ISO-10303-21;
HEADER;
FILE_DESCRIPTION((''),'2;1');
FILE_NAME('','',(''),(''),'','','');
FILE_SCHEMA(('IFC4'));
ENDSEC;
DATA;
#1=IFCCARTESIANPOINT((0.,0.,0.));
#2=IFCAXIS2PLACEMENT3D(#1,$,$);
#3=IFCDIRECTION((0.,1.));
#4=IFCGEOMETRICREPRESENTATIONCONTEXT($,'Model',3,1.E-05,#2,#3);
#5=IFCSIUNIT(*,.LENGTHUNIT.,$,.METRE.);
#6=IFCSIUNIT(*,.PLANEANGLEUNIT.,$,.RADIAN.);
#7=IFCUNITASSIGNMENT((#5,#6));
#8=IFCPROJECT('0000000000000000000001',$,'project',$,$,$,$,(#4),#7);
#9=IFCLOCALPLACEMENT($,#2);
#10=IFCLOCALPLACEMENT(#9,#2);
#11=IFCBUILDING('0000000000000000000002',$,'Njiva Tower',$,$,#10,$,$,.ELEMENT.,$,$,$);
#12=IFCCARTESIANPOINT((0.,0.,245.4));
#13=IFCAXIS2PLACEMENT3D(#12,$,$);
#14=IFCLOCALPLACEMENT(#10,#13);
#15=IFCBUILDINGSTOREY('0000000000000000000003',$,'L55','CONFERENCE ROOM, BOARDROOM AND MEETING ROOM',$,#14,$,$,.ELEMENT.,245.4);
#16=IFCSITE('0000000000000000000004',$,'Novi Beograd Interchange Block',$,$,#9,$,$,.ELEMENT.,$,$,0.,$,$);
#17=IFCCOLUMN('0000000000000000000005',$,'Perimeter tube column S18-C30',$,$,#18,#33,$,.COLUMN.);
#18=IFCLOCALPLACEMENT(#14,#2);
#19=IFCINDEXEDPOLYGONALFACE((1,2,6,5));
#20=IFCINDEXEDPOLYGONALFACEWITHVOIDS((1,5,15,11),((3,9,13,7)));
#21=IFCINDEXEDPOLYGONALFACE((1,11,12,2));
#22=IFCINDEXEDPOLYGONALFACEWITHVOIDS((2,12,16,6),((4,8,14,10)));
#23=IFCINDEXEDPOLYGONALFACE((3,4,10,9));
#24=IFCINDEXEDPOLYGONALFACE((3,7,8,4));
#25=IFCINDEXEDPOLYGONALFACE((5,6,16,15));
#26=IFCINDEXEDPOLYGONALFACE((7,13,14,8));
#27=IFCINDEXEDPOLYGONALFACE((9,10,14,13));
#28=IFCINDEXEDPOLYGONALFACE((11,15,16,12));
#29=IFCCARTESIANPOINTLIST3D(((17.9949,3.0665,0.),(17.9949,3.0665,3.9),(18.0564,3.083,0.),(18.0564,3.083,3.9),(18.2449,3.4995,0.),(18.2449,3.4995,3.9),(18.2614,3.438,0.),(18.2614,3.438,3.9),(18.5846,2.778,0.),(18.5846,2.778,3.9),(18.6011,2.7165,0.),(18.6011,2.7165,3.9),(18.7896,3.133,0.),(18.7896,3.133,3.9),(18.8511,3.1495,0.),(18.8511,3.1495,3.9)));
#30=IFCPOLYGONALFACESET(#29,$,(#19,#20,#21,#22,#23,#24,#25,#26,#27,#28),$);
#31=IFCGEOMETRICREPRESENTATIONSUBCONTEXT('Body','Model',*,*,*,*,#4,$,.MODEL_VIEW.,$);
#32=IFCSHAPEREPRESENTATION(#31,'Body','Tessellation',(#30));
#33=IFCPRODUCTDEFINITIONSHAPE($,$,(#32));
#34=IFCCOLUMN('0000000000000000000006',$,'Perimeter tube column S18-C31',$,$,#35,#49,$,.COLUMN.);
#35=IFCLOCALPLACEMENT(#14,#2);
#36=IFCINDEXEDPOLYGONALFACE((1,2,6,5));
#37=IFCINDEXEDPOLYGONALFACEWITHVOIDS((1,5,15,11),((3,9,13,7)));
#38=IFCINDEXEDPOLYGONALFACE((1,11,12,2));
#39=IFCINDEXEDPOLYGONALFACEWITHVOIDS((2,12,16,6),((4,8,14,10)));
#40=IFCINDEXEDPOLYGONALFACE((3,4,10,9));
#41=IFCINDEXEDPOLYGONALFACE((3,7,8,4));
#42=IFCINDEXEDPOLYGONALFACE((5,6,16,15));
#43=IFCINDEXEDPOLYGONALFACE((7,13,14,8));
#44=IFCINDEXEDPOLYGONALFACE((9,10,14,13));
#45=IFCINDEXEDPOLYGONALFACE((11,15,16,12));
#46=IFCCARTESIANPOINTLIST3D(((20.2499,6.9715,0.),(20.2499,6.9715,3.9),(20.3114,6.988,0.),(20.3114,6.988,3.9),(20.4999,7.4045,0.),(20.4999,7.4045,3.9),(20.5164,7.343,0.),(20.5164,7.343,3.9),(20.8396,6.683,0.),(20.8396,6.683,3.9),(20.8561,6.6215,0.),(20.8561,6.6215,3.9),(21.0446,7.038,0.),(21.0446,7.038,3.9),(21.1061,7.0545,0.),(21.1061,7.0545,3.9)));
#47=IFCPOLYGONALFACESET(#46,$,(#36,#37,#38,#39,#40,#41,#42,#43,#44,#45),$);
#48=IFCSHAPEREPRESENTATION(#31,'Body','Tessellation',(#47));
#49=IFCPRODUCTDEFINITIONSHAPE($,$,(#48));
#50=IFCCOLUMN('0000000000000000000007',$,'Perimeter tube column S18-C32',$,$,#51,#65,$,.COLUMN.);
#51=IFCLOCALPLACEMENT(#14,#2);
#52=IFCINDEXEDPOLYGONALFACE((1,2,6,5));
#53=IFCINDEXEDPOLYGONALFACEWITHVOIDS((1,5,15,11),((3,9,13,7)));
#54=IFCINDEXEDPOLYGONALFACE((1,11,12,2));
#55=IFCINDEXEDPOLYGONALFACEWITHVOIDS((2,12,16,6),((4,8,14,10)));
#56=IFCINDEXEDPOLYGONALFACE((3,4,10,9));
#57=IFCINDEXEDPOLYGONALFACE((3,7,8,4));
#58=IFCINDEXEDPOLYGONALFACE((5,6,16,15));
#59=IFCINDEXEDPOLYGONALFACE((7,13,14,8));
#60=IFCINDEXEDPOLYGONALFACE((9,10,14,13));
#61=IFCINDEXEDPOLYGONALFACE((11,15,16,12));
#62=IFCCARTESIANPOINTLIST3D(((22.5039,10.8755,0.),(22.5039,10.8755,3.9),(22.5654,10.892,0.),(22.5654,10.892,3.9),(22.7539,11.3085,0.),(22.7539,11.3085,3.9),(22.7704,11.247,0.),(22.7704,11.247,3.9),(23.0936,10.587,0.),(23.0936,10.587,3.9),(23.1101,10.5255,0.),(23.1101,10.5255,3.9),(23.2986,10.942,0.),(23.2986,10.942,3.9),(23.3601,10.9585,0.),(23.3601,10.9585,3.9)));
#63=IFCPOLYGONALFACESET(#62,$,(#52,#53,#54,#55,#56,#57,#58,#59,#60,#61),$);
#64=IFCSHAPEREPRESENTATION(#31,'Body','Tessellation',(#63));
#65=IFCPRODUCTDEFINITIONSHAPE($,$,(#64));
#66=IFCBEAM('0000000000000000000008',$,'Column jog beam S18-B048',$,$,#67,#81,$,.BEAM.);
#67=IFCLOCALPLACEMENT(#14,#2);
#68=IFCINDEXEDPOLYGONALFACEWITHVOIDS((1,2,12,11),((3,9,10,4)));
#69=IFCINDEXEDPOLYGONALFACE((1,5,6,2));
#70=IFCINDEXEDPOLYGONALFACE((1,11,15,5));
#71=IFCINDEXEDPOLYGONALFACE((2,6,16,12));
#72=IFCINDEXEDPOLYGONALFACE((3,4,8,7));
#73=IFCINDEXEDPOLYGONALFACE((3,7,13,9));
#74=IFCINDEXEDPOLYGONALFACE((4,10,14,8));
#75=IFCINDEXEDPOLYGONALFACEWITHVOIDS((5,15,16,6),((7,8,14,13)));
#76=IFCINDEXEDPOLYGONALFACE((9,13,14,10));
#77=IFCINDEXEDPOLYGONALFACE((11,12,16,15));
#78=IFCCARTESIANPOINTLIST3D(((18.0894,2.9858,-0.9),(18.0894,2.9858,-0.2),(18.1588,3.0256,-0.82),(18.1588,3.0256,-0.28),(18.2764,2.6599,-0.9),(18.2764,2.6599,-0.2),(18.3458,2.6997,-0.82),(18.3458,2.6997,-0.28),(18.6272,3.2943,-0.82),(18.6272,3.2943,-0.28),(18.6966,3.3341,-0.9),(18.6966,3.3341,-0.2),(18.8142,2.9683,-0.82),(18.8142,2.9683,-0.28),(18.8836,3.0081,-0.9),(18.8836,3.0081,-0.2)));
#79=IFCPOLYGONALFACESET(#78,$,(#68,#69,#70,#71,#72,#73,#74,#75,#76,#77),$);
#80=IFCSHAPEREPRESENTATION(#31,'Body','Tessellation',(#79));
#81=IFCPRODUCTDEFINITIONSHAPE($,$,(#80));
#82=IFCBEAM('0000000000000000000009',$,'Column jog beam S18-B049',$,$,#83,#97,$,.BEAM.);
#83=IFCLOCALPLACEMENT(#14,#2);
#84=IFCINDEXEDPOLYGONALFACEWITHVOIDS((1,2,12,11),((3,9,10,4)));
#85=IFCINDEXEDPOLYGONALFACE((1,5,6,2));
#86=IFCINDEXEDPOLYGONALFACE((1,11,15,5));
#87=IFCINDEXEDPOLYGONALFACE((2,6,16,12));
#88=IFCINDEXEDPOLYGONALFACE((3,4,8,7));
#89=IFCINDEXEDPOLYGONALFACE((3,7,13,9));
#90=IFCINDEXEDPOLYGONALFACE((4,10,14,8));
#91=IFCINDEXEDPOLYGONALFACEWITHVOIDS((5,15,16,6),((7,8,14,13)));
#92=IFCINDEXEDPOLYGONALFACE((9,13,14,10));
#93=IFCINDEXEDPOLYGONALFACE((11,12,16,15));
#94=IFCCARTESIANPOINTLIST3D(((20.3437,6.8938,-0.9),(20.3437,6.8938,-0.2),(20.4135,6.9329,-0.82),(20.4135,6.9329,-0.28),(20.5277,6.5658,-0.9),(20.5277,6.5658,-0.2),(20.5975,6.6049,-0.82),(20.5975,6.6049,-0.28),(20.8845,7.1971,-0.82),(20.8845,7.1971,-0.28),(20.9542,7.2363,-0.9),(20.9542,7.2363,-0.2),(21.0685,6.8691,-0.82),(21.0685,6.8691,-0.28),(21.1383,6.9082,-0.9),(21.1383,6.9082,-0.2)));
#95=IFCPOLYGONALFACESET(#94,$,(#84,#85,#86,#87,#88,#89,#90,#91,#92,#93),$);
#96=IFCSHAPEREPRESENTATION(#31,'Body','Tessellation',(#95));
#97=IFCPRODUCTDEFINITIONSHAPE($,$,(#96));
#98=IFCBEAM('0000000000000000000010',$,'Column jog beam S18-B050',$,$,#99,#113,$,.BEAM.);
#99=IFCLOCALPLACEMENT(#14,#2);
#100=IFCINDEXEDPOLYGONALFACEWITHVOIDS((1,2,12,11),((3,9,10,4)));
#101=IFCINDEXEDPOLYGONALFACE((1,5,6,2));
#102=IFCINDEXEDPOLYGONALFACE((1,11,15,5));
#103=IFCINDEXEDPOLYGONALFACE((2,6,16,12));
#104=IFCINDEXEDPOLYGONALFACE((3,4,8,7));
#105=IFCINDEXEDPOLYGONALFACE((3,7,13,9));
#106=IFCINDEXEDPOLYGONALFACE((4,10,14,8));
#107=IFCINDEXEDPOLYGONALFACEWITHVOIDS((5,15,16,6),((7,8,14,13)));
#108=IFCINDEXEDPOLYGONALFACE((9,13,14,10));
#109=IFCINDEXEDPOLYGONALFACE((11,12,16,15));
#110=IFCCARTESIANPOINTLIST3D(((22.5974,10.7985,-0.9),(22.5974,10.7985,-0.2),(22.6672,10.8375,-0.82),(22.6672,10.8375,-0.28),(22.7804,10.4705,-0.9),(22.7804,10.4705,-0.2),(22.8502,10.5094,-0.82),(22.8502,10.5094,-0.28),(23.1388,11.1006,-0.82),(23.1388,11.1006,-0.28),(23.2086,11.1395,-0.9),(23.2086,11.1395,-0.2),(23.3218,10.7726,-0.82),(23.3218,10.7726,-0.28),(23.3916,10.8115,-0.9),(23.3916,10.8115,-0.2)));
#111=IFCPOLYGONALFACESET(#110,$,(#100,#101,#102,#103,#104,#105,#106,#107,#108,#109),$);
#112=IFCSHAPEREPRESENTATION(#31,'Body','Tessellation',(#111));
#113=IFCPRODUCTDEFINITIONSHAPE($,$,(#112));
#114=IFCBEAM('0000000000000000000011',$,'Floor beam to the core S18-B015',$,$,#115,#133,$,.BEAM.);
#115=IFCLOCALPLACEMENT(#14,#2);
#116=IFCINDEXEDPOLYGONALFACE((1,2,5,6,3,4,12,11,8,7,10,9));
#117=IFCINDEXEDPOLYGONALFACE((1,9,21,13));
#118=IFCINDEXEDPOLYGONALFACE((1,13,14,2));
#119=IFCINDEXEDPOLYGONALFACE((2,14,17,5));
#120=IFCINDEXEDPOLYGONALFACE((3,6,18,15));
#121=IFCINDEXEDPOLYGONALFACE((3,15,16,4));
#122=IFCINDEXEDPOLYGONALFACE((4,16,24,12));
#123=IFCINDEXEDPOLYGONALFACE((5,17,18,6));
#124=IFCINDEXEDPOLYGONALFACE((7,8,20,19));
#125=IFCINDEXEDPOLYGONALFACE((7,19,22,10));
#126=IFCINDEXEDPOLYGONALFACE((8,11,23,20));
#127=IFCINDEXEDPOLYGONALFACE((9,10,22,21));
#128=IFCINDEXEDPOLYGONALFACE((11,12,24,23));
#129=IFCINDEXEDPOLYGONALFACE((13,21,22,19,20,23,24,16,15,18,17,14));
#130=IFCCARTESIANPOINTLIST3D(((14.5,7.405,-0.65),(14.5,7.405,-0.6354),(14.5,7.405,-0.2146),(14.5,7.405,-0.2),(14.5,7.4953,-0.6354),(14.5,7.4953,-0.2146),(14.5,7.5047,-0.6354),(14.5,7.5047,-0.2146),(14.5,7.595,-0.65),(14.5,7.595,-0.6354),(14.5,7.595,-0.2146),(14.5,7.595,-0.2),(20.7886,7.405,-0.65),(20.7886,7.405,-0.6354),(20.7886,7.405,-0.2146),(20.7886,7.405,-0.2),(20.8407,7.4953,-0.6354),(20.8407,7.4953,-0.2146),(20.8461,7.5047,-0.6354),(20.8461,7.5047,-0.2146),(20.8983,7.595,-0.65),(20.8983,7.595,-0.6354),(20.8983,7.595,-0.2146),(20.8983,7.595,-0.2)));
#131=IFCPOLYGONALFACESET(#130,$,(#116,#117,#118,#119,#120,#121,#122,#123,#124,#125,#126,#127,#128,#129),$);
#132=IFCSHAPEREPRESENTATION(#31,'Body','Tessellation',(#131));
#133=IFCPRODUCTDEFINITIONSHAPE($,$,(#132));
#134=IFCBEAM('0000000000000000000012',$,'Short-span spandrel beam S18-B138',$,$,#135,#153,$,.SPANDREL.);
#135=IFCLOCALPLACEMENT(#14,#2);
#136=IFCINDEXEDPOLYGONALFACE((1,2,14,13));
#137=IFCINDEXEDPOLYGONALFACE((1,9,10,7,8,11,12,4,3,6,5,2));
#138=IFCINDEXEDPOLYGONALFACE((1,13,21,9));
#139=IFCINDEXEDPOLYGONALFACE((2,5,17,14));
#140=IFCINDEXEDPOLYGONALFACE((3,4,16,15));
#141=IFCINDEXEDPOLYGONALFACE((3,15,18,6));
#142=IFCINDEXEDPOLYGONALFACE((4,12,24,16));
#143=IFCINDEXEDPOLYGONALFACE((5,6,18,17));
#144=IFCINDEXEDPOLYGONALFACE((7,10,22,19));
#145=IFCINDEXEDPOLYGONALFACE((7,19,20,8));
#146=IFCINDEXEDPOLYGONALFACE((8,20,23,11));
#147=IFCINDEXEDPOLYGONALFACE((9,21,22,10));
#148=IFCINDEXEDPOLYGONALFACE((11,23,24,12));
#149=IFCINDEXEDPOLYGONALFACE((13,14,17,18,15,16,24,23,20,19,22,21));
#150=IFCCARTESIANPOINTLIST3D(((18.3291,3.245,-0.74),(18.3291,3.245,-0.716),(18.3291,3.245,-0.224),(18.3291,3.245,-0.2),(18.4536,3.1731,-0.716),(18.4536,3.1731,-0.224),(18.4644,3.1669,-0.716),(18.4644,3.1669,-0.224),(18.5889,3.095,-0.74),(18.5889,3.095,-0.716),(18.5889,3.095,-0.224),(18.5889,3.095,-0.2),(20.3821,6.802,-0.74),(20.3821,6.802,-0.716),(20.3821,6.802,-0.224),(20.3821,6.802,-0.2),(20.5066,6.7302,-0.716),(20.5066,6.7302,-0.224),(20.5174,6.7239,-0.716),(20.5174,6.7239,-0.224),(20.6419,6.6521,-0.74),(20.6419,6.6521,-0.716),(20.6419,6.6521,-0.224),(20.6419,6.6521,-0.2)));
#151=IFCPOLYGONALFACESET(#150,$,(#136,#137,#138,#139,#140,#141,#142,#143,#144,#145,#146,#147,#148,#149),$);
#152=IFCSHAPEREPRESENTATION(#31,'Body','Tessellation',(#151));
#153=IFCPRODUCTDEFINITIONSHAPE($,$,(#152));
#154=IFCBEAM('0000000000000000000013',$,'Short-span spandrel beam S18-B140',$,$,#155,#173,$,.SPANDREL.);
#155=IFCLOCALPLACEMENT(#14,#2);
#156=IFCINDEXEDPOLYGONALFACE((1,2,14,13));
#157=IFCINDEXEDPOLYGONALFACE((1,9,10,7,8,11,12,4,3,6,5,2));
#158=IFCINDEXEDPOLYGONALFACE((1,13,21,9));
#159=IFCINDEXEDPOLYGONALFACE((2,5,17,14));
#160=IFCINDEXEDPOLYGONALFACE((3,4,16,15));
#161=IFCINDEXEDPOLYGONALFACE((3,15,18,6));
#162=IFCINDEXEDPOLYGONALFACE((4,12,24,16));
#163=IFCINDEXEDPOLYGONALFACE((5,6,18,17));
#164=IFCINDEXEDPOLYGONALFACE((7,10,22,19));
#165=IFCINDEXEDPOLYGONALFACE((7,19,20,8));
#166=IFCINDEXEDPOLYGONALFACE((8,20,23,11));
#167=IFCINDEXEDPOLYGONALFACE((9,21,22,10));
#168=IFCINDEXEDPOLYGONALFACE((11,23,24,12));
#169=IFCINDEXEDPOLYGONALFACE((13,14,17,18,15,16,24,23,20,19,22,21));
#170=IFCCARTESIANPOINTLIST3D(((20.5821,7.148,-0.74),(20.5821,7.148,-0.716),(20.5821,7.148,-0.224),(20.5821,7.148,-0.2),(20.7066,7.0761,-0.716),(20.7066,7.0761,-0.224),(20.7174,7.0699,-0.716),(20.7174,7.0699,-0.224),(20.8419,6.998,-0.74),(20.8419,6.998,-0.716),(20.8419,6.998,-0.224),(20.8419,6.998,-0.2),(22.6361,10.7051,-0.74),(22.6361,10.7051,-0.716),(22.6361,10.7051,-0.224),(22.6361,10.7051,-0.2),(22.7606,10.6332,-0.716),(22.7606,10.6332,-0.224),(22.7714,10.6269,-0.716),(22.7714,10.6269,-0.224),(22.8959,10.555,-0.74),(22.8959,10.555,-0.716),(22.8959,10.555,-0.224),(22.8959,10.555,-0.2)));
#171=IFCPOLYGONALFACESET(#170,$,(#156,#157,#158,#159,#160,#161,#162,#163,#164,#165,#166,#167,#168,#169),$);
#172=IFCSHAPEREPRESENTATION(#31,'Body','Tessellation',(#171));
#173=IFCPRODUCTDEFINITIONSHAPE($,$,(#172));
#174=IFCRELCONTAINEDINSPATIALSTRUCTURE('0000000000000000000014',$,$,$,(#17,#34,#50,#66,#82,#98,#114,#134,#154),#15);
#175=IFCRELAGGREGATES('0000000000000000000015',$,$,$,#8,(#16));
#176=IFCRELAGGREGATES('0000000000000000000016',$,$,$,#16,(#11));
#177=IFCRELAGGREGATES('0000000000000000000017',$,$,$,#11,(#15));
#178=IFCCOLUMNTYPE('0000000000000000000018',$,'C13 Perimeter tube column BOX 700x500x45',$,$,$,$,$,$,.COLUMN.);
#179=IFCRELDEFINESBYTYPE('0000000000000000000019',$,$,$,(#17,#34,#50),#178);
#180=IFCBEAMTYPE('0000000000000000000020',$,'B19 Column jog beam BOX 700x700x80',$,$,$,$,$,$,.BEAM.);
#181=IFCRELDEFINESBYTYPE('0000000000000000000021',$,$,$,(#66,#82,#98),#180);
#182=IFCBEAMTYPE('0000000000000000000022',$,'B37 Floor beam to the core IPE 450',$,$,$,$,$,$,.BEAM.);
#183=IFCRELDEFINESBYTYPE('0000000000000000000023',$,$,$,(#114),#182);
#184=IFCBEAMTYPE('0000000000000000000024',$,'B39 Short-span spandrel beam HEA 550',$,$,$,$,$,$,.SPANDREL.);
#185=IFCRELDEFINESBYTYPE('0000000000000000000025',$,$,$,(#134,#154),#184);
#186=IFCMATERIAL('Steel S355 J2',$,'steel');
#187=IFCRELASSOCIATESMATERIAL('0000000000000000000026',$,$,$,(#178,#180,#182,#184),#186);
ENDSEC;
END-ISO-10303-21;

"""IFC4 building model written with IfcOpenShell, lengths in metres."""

from ifc_helpers import new_model, si_unit, direction, frame, origin, origin_2d, place, context, subcontext, project, spatial, hollow_rectangle, i_section, extrude, clip, halfspace, material, material_profile, profile_set, type_object, element, save


model = new_model("IFC4")

# Units and contexts
model_context = context("Model", 3, precision=1e-05, world=origin(), true_north=direction((0.0, 1.0)))
body_context = subcontext(model_context, "Body", "Model", "MODEL_VIEW")
ifc_project = project(units=[si_unit("LENGTHUNIT", "METRE"), si_unit("PLANEANGLEUNIT", "RADIAN")], contexts=[model_context])

# Site, building, storey
site_placement = place(None, origin())
site = spatial("IfcSite", under=ifc_project, at=site_placement, Name="Novi Beograd Interchange Block", CompositionType="ELEMENT", RefElevation=0.0)
building_placement = place(site_placement, origin())
building = spatial("IfcBuilding", under=site, at=building_placement, Name="Njiva Tower", CompositionType="ELEMENT")
storey_placement = place(building_placement, frame((0.0, 0.0, 245.4)))
storey = spatial("IfcBuildingStorey", under=building, at=storey_placement, Name="L55", Description="CONFERENCE ROOM, BOARDROOM AND MEETING ROOM", CompositionType="ELEMENT", Elevation=245.4)

# Columns
ifc_material_1 = material(Name="Steel S355 J2", Category="steel")
ifc_material_profile_1 = material_profile(ifc_material_1, hollow_rectangle(XDim=0.5, YDim=0.7, WallThickness=0.045, at=origin_2d()), Name="BOX 700x500x45")
ifc_profile_set_1 = profile_set([ifc_material_profile_1], Name="Steel S355 J2")
column_type = type_object("IfcColumnType", Name="C13 Perimeter tube column BOX 700x500x45", PredefinedType="COLUMN", material=ifc_profile_set_1)
for number, where, z_axis, x_axis, name in (
    (1, (18.423, 3.108, 0.0), (0.0, 0.0, 1.0), (0.5, 0.866025, 0.0), "Perimeter tube column S18-C30"),
    (2, (20.678, 7.013, 0.0), (0.0, 0.0, 1.0), (0.5, 0.866025, 0.0), "Perimeter tube column S18-C31"),
    (3, (22.932, 10.917, 0.0), (0.0, 0.0, 1.0), (0.5, 0.866025, 0.0), "Perimeter tube column S18-C32"),
):
    element("IfcColumn", number, at=place(storey_placement, frame(where, z_axis=z_axis, x_axis=x_axis)), inside=storey, type_object=column_type, Name=name, PredefinedType="COLUMN", context=body_context, shape_type="SweptSolid", body=[
        extrude(hollow_rectangle(XDim=0.5, YDim=0.7, WallThickness=0.045, at=origin_2d()), origin(), (0.0, 0.0, 1.0), 3.9),
    ])

# Beams
ifc_material_profile_2 = material_profile(ifc_material_1, hollow_rectangle(XDim=0.7, YDim=0.7, WallThickness=0.08, at=origin_2d()), Name="BOX 700x700x80")
ifc_profile_set_2 = profile_set([ifc_material_profile_2], Name="Steel S355 J2")
beam_type_1 = type_object("IfcBeamType", Name="B19 Column jog beam BOX 700x700x80", PredefinedType="BEAM", material=ifc_profile_set_2)
beam_1_placement = place(storey_placement, frame((18.58, 2.834, -0.55), z_axis=(-0.497571, 0.867423, 0.0), x_axis=(-0.867423, -0.497571, 0.0)))
element("IfcBeam", 4, at=beam_1_placement, inside=storey, type_object=beam_type_1, Name="Column jog beam S18-B048", PredefinedType="BEAM", context=body_context, shape_type="SweptSolid", body=[
    extrude(hollow_rectangle(XDim=0.7, YDim=0.7, WallThickness=0.08, at=origin_2d()), origin(), (0.0, 0.0, 1.0), 0.3758),
])
beam_2_placement = place(storey_placement, frame((20.833, 6.737, -0.55), z_axis=(-0.489251, 0.872143, 0.0), x_axis=(-0.872143, -0.489251, 0.0)))
element("IfcBeam", 5, at=beam_2_placement, inside=storey, type_object=beam_type_1, Name="Column jog beam S18-B049", PredefinedType="BEAM", context=body_context, shape_type="SweptSolid", body=[
    extrude(hollow_rectangle(XDim=0.7, YDim=0.7, WallThickness=0.08, at=origin_2d()), origin(), (0.0, 0.0, 1.0), 0.3761),
])
beam_3_placement = place(storey_placement, frame((23.086, 10.641, -0.55), z_axis=(-0.487225, 0.873277, 0.0), x_axis=(-0.873277, -0.487225, 0.0)))
element("IfcBeam", 6, at=beam_3_placement, inside=storey, type_object=beam_type_1, Name="Column jog beam S18-B050", PredefinedType="BEAM", context=body_context, shape_type="SweptSolid", body=[
    extrude(hollow_rectangle(XDim=0.7, YDim=0.7, WallThickness=0.08, at=origin_2d()), origin(), (0.0, 0.0, 1.0), 0.3756),
])
ifc_material_profile_3 = material_profile(ifc_material_1, i_section(OverallWidth=0.19, OverallDepth=0.45, WebThickness=0.0094, FlangeThickness=0.0146, at=origin_2d()), Name="IPE 450")
ifc_profile_set_3 = profile_set([ifc_material_profile_3], Name="Steel S355 J2")
beam_type_2 = type_object("IfcBeamType", Name="B37 Floor beam to the core IPE 450", PredefinedType="BEAM", material=ifc_profile_set_3)
beam_4_placement = place(storey_placement, frame((14.5, 7.5, -0.425), z_axis=(1.0, 0.0, 0.0), x_axis=(0.0, 1.0, 0.0)))
element("IfcBeam", 7, at=beam_4_placement, inside=storey, type_object=beam_type_2, Name="Floor beam to the core S18-B015", PredefinedType="BEAM", context=body_context, shape_type="Clipping", body=[
    clip(extrude(i_section(OverallWidth=0.19, OverallDepth=0.45, WebThickness=0.0094, FlangeThickness=0.0146, at=origin_2d()), origin(), (0.0, 0.0, 1.0), 6.418), halfspace(frame((-0.025, 0.0, 6.329), z_axis=(-0.499998, 0.0, 0.866027), x_axis=(0.0, 1.0, 0.0)), False)),
])
ifc_material_profile_4 = material_profile(ifc_material_1, i_section(OverallWidth=0.3, OverallDepth=0.54, WebThickness=0.0125, FlangeThickness=0.024, at=origin_2d()), Name="HEA 550")
ifc_profile_set_4 = profile_set([ifc_material_profile_4], Name="Steel S355 J2")
beam_type_3 = type_object("IfcBeamType", Name="B39 Short-span spandrel beam HEA 550", PredefinedType="SPANDREL", material=ifc_profile_set_4)
beam_5_placement = place(storey_placement, frame((18.459, 3.17, -0.47), z_axis=(0.499884, 0.866092, 0.0), x_axis=(-0.866092, 0.499884, 0.0)))
element("IfcBeam", 8, at=beam_5_placement, inside=storey, type_object=beam_type_3, Name="Short-span spandrel beam S18-B138", PredefinedType="SPANDREL", context=body_context, shape_type="SweptSolid", body=[
    extrude(i_section(OverallWidth=0.3, OverallDepth=0.54, WebThickness=0.0125, FlangeThickness=0.024, at=origin_2d()), origin(), (0.0, 0.0, 1.0), 4.107),
])
beam_6_placement = place(storey_placement, frame((20.712, 7.073, -0.47), z_axis=(0.500067, 0.865987, 0.0), x_axis=(-0.865987, 0.500067, 0.0)))
element("IfcBeam", 9, at=beam_6_placement, inside=storey, type_object=beam_type_3, Name="Short-span spandrel beam S18-B140", PredefinedType="SPANDREL", context=body_context, shape_type="SweptSolid", body=[
    extrude(i_section(OverallWidth=0.3, OverallDepth=0.54, WebThickness=0.0125, FlangeThickness=0.024, at=origin_2d()), origin(), (0.0, 0.0, 1.0), 4.1075),
])

save(model, "model.ifc")
